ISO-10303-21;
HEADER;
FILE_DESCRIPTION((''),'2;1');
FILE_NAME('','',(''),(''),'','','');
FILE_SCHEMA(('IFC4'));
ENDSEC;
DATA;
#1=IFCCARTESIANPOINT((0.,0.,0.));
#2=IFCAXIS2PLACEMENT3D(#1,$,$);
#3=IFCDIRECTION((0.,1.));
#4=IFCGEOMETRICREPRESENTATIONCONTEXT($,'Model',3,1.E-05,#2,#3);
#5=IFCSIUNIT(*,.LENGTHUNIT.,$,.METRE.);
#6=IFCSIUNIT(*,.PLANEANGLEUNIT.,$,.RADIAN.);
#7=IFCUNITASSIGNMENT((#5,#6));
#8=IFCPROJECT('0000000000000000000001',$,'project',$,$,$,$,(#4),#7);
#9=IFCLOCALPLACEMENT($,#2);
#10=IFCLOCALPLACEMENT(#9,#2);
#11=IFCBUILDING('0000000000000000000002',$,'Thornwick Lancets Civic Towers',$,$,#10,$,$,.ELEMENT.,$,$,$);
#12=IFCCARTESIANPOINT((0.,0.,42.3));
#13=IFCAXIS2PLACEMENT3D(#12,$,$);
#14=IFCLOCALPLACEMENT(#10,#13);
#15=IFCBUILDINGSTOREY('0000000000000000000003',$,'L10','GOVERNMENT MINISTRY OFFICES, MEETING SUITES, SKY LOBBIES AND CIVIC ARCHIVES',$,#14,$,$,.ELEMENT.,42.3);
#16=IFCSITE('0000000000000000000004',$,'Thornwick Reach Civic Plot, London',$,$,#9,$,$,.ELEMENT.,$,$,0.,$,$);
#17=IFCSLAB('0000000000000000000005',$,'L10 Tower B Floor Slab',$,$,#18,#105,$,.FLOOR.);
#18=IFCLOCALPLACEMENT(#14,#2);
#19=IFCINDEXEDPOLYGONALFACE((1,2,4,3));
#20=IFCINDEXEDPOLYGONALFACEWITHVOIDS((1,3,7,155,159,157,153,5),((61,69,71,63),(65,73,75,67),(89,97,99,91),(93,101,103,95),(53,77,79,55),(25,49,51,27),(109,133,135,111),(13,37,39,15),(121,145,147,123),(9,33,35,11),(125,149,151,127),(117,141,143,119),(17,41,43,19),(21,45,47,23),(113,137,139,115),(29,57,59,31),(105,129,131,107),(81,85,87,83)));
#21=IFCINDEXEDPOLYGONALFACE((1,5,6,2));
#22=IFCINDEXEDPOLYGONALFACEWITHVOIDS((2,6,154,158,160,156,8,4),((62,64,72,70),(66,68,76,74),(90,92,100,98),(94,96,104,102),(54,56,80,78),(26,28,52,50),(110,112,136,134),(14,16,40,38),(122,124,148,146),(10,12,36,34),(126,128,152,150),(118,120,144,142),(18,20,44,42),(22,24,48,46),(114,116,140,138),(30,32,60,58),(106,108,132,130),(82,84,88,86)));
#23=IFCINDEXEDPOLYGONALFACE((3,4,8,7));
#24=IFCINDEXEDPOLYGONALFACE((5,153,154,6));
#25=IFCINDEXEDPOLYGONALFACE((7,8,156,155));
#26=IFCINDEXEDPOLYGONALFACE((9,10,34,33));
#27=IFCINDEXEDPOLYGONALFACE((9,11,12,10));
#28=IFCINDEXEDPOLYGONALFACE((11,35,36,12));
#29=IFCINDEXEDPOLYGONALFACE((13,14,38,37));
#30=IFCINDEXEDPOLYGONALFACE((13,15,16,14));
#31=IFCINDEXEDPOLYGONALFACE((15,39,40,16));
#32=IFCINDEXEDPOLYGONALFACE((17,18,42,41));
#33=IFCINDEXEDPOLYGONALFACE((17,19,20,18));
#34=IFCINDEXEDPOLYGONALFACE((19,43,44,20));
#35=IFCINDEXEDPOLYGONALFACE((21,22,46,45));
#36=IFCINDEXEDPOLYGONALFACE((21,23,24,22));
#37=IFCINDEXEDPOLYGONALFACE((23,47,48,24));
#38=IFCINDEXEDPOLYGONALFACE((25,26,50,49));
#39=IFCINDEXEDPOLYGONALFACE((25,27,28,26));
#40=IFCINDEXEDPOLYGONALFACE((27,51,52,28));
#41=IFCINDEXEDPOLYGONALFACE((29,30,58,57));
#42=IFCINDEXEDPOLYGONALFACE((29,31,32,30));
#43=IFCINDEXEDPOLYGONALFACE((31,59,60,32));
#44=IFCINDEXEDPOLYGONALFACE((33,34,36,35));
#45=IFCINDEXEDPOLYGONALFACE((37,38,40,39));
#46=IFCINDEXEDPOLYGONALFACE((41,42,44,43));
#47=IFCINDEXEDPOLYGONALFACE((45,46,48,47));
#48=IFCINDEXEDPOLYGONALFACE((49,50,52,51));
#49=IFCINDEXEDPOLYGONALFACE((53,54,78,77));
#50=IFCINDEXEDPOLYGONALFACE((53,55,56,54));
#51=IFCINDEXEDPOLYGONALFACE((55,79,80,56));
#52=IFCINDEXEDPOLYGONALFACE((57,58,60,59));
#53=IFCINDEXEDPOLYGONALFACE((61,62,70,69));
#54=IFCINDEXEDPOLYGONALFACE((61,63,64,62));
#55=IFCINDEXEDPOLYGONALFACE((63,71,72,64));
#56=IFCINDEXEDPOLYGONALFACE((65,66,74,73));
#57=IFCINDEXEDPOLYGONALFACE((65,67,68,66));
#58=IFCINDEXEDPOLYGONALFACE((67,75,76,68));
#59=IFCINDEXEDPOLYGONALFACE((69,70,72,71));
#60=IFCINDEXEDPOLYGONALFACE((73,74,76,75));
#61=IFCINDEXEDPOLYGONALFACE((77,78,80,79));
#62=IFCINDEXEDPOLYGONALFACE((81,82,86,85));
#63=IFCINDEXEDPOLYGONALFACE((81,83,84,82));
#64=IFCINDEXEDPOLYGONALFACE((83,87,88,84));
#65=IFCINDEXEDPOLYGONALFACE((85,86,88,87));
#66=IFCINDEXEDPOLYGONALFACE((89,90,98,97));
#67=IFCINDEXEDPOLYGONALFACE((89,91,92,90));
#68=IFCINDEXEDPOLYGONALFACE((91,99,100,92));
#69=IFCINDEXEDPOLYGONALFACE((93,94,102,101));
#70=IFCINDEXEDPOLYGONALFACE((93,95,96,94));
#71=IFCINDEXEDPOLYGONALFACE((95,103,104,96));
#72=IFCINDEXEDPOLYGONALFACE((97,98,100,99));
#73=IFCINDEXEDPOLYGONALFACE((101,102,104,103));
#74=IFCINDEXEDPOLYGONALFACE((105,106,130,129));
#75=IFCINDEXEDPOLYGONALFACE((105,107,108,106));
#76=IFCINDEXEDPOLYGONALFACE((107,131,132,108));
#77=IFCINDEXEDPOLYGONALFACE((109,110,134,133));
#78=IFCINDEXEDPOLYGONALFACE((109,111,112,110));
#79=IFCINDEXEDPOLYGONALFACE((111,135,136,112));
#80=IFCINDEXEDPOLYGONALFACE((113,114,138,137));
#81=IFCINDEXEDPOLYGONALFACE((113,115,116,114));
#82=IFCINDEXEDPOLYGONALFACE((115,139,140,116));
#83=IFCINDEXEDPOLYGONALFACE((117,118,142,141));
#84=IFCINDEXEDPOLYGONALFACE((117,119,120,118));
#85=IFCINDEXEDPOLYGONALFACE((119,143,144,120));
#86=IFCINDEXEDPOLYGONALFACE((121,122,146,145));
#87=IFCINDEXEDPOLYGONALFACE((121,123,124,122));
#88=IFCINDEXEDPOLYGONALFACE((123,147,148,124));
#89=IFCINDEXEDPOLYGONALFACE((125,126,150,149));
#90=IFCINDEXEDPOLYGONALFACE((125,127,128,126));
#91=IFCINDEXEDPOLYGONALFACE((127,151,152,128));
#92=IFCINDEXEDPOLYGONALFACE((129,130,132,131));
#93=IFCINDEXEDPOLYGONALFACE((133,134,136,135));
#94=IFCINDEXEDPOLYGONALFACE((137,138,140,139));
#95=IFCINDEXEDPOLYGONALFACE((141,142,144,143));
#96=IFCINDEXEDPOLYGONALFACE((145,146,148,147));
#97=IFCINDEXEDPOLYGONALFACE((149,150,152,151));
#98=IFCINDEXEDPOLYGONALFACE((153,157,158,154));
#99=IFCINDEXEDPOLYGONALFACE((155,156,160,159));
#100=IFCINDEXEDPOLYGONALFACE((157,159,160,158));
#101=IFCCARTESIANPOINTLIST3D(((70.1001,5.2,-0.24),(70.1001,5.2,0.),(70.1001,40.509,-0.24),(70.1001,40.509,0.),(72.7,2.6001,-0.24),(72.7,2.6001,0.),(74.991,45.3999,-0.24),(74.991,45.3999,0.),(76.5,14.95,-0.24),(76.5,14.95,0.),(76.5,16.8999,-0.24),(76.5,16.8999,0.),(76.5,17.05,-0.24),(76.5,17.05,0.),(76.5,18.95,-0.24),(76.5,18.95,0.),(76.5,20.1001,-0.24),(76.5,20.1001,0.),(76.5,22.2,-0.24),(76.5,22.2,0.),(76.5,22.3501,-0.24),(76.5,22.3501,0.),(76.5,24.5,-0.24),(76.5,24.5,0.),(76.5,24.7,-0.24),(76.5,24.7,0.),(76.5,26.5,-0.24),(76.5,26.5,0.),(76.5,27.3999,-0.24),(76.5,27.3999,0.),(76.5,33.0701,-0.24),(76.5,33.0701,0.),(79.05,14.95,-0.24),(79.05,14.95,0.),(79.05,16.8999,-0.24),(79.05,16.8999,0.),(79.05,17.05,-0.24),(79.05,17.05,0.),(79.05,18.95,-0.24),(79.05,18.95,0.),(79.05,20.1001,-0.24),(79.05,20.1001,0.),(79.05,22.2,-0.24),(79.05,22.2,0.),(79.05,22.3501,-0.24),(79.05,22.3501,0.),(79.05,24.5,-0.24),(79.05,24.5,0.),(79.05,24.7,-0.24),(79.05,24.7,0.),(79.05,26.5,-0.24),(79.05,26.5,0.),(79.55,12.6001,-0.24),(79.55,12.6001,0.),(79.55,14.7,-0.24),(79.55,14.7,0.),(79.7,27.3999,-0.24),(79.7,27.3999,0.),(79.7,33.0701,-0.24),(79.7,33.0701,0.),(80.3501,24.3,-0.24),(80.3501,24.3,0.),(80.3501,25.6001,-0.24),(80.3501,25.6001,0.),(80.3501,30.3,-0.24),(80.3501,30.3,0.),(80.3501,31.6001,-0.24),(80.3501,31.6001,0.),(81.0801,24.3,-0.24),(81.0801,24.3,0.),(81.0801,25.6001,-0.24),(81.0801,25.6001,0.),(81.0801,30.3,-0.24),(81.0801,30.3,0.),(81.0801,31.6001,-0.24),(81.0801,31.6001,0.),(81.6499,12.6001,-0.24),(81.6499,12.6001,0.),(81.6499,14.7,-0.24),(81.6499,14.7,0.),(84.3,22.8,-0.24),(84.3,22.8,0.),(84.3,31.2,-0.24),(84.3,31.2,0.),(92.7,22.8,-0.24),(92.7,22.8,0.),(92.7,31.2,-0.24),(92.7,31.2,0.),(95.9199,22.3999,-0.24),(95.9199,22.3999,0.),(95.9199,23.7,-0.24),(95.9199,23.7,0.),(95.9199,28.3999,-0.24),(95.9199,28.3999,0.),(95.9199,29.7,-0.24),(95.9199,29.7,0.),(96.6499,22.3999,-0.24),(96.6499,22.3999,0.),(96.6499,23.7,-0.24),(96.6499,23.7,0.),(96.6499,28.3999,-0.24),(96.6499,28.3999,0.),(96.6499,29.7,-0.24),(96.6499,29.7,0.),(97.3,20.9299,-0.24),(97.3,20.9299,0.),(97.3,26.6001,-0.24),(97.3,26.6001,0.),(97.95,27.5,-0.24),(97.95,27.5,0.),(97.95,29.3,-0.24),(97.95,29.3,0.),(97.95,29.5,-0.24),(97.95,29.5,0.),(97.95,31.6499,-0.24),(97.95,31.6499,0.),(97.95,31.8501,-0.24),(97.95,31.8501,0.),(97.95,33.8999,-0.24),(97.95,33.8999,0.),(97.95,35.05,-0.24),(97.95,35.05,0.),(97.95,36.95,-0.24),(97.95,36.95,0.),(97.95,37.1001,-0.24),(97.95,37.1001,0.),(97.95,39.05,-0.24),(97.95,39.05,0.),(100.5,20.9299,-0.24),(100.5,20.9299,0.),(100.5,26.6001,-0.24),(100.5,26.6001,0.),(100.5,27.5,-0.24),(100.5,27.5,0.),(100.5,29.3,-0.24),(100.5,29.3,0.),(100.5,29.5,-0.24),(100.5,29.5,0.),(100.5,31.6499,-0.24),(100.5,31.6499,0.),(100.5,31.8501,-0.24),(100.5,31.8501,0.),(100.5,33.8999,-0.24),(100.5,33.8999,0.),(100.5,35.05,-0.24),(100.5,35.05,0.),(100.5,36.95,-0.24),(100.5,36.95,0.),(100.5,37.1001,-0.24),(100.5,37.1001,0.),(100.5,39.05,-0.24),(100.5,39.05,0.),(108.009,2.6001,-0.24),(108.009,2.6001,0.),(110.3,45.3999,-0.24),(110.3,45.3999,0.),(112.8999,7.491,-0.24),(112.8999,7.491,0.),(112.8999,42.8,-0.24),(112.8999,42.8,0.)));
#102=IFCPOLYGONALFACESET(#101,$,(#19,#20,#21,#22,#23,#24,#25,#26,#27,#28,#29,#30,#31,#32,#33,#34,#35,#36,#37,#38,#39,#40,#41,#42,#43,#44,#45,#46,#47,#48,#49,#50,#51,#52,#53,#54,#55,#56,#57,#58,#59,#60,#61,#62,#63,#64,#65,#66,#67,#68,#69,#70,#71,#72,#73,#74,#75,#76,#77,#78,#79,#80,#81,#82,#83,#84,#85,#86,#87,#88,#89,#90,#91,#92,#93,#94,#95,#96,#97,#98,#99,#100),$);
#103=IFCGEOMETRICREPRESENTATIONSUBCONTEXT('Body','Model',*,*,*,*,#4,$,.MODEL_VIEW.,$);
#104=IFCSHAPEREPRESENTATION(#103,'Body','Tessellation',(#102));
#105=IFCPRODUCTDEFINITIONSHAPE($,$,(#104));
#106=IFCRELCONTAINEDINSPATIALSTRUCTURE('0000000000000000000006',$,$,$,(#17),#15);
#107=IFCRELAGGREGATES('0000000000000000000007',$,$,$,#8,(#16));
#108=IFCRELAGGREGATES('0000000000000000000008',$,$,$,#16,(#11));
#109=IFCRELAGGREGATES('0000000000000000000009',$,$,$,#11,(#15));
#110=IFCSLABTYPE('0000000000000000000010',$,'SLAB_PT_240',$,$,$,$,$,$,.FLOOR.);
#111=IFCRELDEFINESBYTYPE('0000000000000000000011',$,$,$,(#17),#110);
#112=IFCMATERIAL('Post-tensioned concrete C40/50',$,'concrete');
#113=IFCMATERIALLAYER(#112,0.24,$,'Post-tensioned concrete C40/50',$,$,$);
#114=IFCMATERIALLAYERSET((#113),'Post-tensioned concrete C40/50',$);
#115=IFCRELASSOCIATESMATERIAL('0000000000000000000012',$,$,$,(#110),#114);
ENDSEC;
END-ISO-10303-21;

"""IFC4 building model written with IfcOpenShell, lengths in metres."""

from ifc_helpers import new_model, si_unit, direction, frame, origin, place, context, subcontext, project, spatial, polyline, outline, extrude, material, layer, layer_set, type_object, element, save


model = new_model("IFC4")

# Units and contexts
model_context = context("Model", 3, precision=1e-05, world=origin(), true_north=direction((0.0, 1.0)))
body_context = subcontext(model_context, "Body", "Model", "MODEL_VIEW")
ifc_project = project(units=[si_unit("LENGTHUNIT", "METRE"), si_unit("PLANEANGLEUNIT", "RADIAN")], contexts=[model_context])

# Site, building, storey
site_placement = place(None, origin())
site = spatial("IfcSite", under=ifc_project, at=site_placement, Name="Thornwick Reach Civic Plot, London", CompositionType="ELEMENT", RefElevation=0.0)
building_placement = place(site_placement, origin())
building = spatial("IfcBuilding", under=site, at=building_placement, Name="Thornwick Lancets Civic Towers", CompositionType="ELEMENT")
storey_placement = place(building_placement, frame((0.0, 0.0, 42.3)))
storey = spatial("IfcBuildingStorey", under=building, at=storey_placement, Name="L10", Description="GOVERNMENT MINISTRY OFFICES, MEETING SUITES, SKY LOBBIES AND CIVIC ARCHIVES", CompositionType="ELEMENT", Elevation=42.3)

# Shared definitions
ifc_material_1 = material(Name="Post-tensioned concrete C40/50", Category="concrete")

# Slab
ifc_layer_1 = layer(ifc_material_1, 0.24, Name="Post-tensioned concrete C40/50")
ifc_layer_set_1 = layer_set([ifc_layer_1], Name="Post-tensioned concrete C40/50")
slab_type_1 = type_object("IfcSlabType", Name="SLAB_PT_240", PredefinedType="FLOOR", material=ifc_layer_set_1)
slab_1_placement = place(storey_placement, frame((0.0, 0.0, -0.24)))
element("IfcSlab", 1, at=slab_1_placement, inside=storey, type_object=slab_type_1, Name="L10 Tower B Floor Slab", PredefinedType="FLOOR", context=body_context, shape_type="SweptSolid", body=[
    extrude(outline(polyline([(72.7, 2.6001), (108.009, 2.6001), (112.8999, 7.491), (112.8999, 42.8), (110.3, 45.3999), (74.991, 45.3999), (70.1001, 40.509), (70.1001, 5.2), (72.7, 2.6001)]), holes=[polyline([(84.3, 22.8), (92.7, 22.8), (92.7, 31.2), (84.3, 31.2), (84.3, 22.8)]), polyline([(100.5, 20.9299), (100.5, 26.6001), (97.3, 26.6001), (97.3, 20.9299), (100.5, 20.9299)]), polyline([(76.5, 33.0701), (76.5, 27.3999), (79.7, 27.3999), (79.7, 33.0701), (76.5, 33.0701)]), polyline([(97.95, 27.5), (100.5, 27.5), (100.5, 29.3), (97.95, 29.3), (97.95, 27.5)]), polyline([(97.95, 29.5), (100.5, 29.5), (100.5, 31.6499), (97.95, 31.6499), (97.95, 29.5)]), polyline([(97.95, 31.8501), (100.5, 31.8501), (100.5, 33.8999), (97.95, 33.8999), (97.95, 31.8501)]), polyline([(97.95, 35.05), (100.5, 35.05), (100.5, 36.95), (97.95, 36.95), (97.95, 35.05)]), polyline([(97.95, 37.1001), (100.5, 37.1001), (100.5, 39.05), (97.95, 39.05), (97.95, 37.1001)]), polyline([(76.5, 24.7), (79.05, 24.7), (79.05, 26.5), (76.5, 26.5), (76.5, 24.7)]), polyline([(76.5, 22.3501), (79.05, 22.3501), (79.05, 24.5), (76.5, 24.5), (76.5, 22.3501)]), polyline([(76.5, 20.1001), (79.05, 20.1001), (79.05, 22.2), (76.5, 22.2), (76.5, 20.1001)]), polyline([(76.5, 17.05), (79.05, 17.05), (79.05, 18.95), (76.5, 18.95), (76.5, 17.05)]), polyline([(76.5, 14.95), (79.05, 14.95), (79.05, 16.8999), (76.5, 16.8999), (76.5, 14.95)]), polyline([(79.55, 12.6001), (81.6499, 12.6001), (81.6499, 14.7), (79.55, 14.7), (79.55, 12.6001)]), polyline([(95.9199, 28.3999), (96.6499, 28.3999), (96.6499, 29.7), (95.9199, 29.7), (95.9199, 28.3999)]), polyline([(95.9199, 22.3999), (96.6499, 22.3999), (96.6499, 23.7), (95.9199, 23.7), (95.9199, 22.3999)]), polyline([(80.3501, 24.3), (81.0801, 24.3), (81.0801, 25.6001), (80.3501, 25.6001), (80.3501, 24.3)]), polyline([(80.3501, 30.3), (81.0801, 30.3), (81.0801, 31.6001), (80.3501, 31.6001), (80.3501, 30.3)])]), origin(), (0.0, 0.0, 1.0), 0.24),
])

save(model, "model.ifc")
